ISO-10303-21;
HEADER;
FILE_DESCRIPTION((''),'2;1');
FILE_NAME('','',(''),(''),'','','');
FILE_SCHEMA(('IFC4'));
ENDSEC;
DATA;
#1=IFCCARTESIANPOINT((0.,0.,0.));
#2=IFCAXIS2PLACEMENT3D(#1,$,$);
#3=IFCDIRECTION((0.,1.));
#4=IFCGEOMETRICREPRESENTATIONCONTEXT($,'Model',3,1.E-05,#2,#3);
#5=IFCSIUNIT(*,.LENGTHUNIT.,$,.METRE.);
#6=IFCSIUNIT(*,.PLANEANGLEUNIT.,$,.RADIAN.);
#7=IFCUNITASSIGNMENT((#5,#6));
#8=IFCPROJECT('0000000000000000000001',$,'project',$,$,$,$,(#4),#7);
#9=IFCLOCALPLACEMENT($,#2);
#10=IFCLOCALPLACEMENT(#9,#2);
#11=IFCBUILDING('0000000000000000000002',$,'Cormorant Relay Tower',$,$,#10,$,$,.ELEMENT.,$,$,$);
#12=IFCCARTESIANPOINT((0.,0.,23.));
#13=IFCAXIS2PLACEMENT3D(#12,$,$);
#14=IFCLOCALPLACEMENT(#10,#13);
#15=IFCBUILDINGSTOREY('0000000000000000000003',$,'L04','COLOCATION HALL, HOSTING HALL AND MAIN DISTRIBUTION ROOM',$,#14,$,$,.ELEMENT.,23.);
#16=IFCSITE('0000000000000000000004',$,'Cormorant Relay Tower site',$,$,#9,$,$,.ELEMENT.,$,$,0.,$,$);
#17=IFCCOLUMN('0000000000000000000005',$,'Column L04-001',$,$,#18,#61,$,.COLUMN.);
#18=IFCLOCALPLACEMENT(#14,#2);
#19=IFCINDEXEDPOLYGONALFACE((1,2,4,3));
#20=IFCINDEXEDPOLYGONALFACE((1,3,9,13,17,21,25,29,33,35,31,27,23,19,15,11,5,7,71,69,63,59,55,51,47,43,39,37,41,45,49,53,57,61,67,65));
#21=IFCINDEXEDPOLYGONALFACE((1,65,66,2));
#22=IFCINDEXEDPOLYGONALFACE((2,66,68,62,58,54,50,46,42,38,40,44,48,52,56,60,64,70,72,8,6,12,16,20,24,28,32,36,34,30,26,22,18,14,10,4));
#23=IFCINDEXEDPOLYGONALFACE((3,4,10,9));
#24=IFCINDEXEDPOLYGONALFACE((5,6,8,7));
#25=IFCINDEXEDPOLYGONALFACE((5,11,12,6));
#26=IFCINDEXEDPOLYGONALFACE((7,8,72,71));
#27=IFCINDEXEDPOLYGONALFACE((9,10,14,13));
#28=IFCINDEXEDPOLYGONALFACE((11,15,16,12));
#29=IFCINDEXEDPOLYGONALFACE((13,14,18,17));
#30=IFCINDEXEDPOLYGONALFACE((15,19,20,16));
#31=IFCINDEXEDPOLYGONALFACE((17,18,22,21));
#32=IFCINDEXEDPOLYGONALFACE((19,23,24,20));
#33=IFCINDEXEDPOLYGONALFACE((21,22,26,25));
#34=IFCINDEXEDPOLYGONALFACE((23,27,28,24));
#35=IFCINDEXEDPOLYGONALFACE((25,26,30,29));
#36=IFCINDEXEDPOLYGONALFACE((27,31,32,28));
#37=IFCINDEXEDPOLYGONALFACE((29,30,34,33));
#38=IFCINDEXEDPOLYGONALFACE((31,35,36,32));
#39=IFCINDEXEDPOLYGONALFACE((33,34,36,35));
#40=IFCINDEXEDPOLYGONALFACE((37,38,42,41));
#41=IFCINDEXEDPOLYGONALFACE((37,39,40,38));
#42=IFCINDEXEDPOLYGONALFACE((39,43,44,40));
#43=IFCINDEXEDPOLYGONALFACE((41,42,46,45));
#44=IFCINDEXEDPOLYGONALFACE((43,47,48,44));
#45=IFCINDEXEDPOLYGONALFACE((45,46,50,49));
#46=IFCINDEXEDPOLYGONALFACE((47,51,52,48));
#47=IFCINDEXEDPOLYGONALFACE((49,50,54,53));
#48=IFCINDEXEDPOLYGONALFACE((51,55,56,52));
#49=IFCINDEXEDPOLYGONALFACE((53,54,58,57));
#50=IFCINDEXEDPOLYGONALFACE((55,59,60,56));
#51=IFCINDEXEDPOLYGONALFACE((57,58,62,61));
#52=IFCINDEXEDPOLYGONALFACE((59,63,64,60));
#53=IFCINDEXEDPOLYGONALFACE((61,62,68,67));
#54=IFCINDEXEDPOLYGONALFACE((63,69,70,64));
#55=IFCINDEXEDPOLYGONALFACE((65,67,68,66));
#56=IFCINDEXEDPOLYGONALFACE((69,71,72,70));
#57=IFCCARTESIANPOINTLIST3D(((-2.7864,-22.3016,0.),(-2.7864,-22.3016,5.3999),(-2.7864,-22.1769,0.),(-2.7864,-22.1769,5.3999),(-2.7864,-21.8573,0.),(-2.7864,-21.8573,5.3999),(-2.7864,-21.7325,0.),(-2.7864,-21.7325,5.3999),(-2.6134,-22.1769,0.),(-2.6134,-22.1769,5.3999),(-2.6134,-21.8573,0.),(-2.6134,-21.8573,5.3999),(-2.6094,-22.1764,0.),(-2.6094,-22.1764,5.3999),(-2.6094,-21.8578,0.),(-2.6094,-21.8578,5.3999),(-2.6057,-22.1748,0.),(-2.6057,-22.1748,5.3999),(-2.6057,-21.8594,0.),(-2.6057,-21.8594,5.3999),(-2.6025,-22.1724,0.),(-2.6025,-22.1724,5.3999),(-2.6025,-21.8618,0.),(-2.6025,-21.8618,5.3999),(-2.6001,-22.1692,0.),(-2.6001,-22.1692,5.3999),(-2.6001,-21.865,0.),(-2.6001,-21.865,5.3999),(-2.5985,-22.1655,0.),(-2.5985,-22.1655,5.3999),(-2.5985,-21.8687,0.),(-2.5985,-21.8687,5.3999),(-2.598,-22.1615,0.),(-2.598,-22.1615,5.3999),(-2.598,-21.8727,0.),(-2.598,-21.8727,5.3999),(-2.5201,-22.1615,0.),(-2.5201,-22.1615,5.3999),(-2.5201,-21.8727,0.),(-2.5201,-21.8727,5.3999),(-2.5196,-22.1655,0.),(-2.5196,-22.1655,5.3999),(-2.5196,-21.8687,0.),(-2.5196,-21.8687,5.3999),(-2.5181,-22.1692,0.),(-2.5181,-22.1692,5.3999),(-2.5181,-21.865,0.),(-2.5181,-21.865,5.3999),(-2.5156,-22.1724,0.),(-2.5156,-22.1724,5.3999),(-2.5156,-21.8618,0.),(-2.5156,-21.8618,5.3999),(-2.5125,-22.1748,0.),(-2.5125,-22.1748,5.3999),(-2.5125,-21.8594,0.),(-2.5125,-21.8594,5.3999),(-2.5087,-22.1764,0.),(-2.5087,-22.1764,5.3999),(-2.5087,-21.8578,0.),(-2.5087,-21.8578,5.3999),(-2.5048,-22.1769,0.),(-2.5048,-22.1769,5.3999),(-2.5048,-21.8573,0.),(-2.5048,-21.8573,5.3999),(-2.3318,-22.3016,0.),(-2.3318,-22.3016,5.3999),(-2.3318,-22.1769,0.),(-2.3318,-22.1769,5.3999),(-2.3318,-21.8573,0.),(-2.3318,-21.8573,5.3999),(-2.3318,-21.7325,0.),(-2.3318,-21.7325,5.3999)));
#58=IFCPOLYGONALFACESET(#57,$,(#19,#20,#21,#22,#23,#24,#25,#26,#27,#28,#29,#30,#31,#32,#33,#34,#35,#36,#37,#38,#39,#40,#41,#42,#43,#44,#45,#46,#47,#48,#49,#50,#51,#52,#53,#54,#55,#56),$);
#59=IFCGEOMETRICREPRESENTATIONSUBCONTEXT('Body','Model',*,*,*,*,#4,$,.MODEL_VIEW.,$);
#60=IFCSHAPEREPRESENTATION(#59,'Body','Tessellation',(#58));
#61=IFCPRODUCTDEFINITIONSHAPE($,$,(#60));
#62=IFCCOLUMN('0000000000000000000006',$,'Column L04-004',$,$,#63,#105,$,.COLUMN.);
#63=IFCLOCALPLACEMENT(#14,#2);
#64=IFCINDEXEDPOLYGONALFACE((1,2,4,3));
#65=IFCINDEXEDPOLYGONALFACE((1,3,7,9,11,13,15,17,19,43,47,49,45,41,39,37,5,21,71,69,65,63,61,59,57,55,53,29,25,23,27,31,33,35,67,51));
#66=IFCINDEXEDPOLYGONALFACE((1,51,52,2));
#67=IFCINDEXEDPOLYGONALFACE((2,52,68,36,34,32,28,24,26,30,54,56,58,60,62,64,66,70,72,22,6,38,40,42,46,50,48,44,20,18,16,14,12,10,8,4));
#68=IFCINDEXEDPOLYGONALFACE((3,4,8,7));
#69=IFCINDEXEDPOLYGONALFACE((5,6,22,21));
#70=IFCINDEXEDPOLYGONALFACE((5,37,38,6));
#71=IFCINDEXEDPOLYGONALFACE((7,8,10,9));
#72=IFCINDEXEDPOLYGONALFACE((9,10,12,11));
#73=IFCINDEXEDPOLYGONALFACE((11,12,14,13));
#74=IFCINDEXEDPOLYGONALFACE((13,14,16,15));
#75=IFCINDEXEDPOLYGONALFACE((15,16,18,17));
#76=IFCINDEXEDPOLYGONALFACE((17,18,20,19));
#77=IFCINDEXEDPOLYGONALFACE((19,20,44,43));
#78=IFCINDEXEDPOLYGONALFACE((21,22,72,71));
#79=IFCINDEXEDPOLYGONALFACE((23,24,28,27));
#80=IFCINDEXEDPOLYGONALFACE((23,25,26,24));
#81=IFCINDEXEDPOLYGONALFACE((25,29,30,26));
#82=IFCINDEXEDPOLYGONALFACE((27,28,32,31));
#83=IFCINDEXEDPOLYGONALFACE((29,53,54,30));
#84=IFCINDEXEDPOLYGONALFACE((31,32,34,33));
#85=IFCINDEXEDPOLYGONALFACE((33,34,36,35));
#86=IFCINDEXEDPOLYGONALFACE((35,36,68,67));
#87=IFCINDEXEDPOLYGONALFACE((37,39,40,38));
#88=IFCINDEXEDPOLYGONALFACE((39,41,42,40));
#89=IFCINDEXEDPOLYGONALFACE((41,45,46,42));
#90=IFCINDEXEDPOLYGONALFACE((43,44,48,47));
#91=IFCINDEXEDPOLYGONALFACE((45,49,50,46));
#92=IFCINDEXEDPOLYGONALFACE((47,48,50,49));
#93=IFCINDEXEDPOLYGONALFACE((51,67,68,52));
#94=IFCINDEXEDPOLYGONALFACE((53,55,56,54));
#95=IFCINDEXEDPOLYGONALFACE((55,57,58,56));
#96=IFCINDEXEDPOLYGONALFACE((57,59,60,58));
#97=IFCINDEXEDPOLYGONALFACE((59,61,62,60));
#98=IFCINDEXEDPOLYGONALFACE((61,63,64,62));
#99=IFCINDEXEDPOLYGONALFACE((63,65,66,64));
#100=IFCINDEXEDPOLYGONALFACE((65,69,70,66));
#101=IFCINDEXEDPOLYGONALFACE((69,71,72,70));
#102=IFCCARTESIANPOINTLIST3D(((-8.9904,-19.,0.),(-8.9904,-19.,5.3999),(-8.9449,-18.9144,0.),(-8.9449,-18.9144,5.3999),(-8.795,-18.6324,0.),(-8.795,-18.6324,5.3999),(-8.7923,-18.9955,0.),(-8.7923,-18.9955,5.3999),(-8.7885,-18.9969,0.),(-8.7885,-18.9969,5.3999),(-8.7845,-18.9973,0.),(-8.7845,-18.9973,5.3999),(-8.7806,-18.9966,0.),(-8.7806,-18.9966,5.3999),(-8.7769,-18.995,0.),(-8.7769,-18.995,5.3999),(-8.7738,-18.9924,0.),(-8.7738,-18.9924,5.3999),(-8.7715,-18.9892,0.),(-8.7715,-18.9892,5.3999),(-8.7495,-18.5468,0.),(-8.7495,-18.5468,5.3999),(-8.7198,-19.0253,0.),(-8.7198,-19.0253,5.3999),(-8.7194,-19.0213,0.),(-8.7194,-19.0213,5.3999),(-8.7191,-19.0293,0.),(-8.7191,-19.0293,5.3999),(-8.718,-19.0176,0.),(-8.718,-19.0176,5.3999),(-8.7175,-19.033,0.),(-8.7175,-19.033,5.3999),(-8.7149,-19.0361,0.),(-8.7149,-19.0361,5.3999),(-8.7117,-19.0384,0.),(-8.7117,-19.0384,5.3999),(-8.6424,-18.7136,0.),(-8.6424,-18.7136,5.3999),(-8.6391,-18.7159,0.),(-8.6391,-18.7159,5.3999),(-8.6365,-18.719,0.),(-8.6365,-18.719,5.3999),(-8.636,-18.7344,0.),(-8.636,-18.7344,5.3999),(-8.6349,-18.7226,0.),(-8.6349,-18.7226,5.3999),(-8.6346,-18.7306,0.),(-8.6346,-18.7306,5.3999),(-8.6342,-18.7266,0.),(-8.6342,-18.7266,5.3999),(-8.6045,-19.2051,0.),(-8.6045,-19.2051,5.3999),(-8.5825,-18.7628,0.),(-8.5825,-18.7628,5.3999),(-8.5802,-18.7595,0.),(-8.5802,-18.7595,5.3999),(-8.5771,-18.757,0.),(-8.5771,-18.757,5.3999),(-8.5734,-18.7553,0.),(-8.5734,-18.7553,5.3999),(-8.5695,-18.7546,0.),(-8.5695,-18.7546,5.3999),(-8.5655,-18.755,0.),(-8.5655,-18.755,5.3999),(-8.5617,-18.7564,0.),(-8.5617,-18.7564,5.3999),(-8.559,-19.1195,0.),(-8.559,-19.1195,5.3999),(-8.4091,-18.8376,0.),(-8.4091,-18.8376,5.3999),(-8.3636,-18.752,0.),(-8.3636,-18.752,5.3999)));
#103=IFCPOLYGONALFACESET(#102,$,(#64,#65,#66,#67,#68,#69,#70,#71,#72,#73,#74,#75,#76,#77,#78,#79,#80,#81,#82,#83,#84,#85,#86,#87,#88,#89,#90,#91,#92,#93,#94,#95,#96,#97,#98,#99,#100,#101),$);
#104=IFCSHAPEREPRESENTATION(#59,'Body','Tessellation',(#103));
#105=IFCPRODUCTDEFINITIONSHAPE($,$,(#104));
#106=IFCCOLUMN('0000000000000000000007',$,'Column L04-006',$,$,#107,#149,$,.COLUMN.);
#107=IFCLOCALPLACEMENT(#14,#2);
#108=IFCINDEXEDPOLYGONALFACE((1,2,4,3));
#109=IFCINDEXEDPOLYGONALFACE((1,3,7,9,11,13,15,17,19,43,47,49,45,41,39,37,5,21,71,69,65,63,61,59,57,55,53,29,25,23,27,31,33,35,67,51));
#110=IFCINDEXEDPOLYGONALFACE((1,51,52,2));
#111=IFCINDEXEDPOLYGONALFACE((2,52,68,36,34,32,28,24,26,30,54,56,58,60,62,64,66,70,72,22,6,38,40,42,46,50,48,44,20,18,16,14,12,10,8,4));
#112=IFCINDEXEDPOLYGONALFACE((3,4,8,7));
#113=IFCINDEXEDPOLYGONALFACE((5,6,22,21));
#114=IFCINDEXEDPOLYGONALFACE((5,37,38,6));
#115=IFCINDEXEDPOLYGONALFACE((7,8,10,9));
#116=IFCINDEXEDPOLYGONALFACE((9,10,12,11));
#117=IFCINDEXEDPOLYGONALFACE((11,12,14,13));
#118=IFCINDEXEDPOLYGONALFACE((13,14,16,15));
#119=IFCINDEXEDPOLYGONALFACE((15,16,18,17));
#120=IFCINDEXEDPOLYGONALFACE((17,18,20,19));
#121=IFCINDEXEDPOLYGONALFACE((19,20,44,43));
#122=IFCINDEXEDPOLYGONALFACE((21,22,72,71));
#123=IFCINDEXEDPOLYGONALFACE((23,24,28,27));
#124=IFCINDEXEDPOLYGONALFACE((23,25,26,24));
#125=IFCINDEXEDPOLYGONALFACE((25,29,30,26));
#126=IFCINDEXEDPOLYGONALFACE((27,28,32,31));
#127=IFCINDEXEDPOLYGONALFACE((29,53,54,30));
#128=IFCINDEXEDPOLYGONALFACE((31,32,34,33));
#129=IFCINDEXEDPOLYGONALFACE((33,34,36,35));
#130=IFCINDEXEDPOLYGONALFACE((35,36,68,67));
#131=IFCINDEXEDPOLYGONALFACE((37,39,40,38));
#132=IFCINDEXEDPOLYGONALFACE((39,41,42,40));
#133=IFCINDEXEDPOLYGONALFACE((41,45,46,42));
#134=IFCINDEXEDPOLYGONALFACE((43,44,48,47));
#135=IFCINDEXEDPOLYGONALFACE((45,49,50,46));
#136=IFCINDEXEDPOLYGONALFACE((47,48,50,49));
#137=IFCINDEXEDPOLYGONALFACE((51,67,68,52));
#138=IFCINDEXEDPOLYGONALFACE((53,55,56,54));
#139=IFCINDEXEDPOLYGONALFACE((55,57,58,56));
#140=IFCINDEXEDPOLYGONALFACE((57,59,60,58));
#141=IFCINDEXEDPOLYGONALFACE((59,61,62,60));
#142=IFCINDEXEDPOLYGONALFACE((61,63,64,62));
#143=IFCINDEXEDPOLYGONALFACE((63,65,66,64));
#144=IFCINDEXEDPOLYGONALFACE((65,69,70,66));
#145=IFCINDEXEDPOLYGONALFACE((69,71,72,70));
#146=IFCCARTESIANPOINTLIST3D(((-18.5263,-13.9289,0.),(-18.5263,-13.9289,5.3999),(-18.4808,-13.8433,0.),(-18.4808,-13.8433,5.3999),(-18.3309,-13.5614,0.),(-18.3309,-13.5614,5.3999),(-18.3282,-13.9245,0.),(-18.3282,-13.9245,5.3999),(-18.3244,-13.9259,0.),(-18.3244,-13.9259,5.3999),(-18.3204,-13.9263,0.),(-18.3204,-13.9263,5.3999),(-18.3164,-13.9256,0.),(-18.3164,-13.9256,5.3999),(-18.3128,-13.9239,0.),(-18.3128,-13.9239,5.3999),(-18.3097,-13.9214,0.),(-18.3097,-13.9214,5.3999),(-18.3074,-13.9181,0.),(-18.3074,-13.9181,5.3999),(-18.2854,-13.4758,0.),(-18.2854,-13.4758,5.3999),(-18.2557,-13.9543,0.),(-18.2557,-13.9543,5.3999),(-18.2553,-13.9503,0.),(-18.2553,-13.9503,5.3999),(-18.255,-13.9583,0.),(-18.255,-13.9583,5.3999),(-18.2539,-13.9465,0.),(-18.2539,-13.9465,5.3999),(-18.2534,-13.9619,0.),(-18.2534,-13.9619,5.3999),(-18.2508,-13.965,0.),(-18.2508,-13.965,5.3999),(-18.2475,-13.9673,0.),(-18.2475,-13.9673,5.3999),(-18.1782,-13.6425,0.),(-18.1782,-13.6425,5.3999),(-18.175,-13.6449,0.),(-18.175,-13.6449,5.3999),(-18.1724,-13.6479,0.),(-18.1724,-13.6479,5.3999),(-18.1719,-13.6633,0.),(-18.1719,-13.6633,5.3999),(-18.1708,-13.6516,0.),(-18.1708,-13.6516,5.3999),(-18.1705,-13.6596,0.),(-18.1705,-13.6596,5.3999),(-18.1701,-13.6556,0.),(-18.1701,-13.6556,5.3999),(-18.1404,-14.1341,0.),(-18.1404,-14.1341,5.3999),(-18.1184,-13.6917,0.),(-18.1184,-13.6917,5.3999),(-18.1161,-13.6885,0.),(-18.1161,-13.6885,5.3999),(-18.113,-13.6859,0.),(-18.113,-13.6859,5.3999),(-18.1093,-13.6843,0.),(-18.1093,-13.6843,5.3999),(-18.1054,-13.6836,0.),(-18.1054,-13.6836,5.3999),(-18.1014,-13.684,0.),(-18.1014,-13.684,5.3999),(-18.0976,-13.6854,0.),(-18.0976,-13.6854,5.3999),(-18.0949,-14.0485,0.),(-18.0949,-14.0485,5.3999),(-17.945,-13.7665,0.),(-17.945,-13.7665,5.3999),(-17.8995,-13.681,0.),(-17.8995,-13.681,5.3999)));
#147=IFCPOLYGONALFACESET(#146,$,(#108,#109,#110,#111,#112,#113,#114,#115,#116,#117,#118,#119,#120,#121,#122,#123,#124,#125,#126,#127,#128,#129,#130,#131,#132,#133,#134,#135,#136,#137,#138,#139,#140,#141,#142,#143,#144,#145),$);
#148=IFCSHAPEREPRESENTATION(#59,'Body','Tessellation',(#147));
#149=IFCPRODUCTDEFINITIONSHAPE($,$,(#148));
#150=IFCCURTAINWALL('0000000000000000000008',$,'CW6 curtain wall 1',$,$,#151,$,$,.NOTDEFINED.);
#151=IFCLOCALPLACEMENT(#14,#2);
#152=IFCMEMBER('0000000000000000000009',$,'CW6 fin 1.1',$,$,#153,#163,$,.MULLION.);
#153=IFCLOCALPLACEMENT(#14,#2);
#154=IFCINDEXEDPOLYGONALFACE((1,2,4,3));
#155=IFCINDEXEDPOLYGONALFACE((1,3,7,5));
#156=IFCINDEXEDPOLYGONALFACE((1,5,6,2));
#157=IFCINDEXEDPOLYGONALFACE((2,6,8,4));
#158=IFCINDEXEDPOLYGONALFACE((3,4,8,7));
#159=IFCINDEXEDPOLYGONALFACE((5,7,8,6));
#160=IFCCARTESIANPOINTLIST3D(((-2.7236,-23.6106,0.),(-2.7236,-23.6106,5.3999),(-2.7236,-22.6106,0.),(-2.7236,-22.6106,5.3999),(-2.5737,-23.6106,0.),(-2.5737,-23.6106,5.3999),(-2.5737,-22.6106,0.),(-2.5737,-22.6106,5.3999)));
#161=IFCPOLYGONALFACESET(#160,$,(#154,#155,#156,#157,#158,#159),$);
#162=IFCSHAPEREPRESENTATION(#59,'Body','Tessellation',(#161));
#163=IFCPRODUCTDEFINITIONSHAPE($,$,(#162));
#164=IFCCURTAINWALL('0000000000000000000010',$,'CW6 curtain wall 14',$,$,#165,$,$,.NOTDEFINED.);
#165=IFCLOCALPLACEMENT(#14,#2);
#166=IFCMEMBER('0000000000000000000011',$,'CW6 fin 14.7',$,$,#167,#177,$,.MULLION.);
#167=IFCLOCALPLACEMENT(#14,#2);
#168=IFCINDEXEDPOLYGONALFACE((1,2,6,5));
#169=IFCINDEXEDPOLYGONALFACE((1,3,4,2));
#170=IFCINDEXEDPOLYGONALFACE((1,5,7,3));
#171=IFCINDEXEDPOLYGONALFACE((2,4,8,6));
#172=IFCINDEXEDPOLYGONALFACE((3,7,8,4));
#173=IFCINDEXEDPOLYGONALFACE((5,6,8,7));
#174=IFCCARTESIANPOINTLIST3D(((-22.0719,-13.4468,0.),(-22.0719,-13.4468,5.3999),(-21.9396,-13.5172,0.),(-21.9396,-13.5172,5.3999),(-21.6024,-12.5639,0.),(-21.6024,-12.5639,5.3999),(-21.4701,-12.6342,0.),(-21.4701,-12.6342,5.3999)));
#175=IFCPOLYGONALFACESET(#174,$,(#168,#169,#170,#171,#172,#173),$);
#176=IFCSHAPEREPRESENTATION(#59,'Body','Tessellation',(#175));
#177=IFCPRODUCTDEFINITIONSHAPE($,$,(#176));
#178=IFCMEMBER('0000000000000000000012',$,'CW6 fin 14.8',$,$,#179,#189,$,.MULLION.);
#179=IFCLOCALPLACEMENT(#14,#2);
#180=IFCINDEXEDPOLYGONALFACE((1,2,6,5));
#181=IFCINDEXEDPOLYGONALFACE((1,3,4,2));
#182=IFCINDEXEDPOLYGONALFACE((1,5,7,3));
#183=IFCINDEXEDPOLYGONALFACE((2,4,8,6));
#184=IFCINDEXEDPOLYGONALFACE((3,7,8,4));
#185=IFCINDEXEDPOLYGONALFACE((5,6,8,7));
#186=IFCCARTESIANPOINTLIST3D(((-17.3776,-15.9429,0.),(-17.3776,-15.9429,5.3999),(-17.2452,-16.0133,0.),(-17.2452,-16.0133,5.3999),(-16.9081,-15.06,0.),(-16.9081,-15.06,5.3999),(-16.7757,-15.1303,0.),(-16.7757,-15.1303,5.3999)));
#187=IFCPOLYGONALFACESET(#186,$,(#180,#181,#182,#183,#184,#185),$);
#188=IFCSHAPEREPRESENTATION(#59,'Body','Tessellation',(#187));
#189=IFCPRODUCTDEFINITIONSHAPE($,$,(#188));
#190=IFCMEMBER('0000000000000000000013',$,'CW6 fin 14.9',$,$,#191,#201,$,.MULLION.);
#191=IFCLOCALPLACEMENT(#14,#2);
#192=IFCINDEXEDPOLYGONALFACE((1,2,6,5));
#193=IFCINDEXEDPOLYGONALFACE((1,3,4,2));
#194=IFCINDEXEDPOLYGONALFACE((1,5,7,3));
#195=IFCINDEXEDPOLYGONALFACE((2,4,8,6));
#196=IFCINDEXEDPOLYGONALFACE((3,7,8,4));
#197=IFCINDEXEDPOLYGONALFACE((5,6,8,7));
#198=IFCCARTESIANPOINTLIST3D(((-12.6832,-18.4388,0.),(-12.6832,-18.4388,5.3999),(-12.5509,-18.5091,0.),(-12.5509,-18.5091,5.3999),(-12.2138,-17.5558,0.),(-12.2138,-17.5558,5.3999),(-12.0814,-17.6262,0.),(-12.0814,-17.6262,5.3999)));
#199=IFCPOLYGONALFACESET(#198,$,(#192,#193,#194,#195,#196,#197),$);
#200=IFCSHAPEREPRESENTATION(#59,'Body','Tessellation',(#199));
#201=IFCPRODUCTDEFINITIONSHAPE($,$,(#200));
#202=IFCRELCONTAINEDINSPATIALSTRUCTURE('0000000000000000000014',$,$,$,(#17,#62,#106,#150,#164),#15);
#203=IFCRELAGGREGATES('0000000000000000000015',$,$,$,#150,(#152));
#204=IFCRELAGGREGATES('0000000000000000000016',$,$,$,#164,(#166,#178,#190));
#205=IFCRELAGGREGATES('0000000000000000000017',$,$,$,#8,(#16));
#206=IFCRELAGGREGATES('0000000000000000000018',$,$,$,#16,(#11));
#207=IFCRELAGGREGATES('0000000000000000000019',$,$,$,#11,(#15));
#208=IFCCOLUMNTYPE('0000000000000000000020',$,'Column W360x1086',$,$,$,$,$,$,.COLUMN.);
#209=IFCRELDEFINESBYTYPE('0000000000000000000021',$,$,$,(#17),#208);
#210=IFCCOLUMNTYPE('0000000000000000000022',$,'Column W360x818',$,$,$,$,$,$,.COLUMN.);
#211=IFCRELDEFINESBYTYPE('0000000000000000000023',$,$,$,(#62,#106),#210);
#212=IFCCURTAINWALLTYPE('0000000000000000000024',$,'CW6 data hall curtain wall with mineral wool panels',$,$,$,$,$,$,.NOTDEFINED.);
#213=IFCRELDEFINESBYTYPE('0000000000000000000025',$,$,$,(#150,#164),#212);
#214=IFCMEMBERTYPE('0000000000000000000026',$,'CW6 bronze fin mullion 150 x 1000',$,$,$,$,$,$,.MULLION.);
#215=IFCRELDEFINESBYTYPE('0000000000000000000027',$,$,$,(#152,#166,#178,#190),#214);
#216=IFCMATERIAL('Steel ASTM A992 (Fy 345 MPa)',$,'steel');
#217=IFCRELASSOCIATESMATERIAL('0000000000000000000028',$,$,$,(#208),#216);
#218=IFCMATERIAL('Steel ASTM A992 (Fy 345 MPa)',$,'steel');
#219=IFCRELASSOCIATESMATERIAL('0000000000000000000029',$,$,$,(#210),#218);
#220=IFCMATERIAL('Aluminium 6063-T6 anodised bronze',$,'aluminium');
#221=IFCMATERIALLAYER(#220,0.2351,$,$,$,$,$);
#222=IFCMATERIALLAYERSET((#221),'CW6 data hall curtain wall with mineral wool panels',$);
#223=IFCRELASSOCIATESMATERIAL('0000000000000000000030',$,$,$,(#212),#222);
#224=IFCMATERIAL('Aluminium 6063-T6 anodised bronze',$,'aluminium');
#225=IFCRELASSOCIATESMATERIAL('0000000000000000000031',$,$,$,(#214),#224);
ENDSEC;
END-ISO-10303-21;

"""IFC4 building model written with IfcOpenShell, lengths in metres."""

from ifc_helpers import new_model, si_unit, direction, frame, origin, origin_2d, place, context, subcontext, project, spatial, rectangle, i_section, extrude, material, layer, layer_set, material_profile, profile_set, type_object, element, aggregate, save


model = new_model("IFC4")

# Units and contexts
model_context = context("Model", 3, precision=1e-05, world=origin(), true_north=direction((0.0, 1.0)))
body_context = subcontext(model_context, "Body", "Model", "MODEL_VIEW")
ifc_project = project(units=[si_unit("LENGTHUNIT", "METRE"), si_unit("PLANEANGLEUNIT", "RADIAN")], contexts=[model_context])

# Site, building, storey
site_placement = place(None, origin())
site = spatial("IfcSite", under=ifc_project, at=site_placement, Name="Cormorant Relay Tower site", CompositionType="ELEMENT", RefElevation=0.0)
building_placement = place(site_placement, origin())
building = spatial("IfcBuilding", under=site, at=building_placement, Name="Cormorant Relay Tower", CompositionType="ELEMENT")
storey_placement = place(building_placement, frame((0.0, 0.0, 23.0)))
storey = spatial("IfcBuildingStorey", under=building, at=storey_placement, Name="L04", Description="COLOCATION HALL, HOSTING HALL AND MAIN DISTRIBUTION ROOM", CompositionType="ELEMENT", Elevation=23.0)

# Columns
ifc_material_1 = material(Name="Steel ASTM A992 (Fy 345 MPa)", Category="steel")
ifc_material_profile_1 = material_profile(ifc_material_1, i_section(OverallWidth=0.4546, OverallDepth=0.5691, WebThickness=0.0779, FlangeThickness=0.1248, FilletRadius=0.0154, at=origin_2d()), Name="W360x1086")
ifc_profile_set_1 = profile_set([ifc_material_profile_1], Name="Steel ASTM A992 (Fy 345 MPa)")
column_type_1 = type_object("IfcColumnType", Name="Column W360x1086", PredefinedType="COLUMN", material=ifc_profile_set_1)
column_placement = place(storey_placement, frame((-2.5591, -22.0171, 0.0), z_axis=(0.0, 0.0, 1.0), x_axis=(1.0, 0.0, 0.0)))
element("IfcColumn", 1, at=column_placement, inside=storey, type_object=column_type_1, Name="Column L04-001", PredefinedType="COLUMN", context=body_context, shape_type="SweptSolid", body=[
    extrude(i_section(OverallWidth=0.4546, OverallDepth=0.5691, WebThickness=0.0779, FlangeThickness=0.1248, FilletRadius=0.0154, at=origin_2d()), origin(), (0.0, 0.0, 1.0), 5.3999),
])
ifc_material_2 = material(Name="Steel ASTM A992 (Fy 345 MPa)", Category="steel")
ifc_material_profile_2 = material_profile(ifc_material_2, i_section(OverallWidth=0.437, OverallDepth=0.5132, WebThickness=0.0605, FlangeThickness=0.0969, FilletRadius=0.0154, at=origin_2d()), Name="W360x818")
ifc_profile_set_2 = profile_set([ifc_material_profile_2], Name="Steel ASTM A992 (Fy 345 MPa)")
column_type_2 = type_object("IfcColumnType", Name="Column W360x818", PredefinedType="COLUMN", material=ifc_profile_set_2)
for number, where, z_axis, x_axis, name in (
    (2, (-8.677, -18.876, 0.0), (0.0, 0.0, 1.0), (0.882948, -0.469472, 0.0), "Column L04-004"),
    (3, (-18.2129, -13.8049, 0.0), (0.0, 0.0, 1.0), (0.882948, -0.469472, 0.0), "Column L04-006"),
):
    element("IfcColumn", number, at=place(storey_placement, frame(where, z_axis=z_axis, x_axis=x_axis)), inside=storey, type_object=column_type_2, Name=name, PredefinedType="COLUMN", context=body_context, shape_type="SweptSolid", body=[
        extrude(i_section(OverallWidth=0.437, OverallDepth=0.5132, WebThickness=0.0605, FlangeThickness=0.0969, FilletRadius=0.0154, at=origin_2d()), origin(), (0.0, 0.0, 1.0), 5.3999),
    ])

# Curtain wall, member
ifc_material_3 = material(Name="Aluminium 6063-T6 anodised bronze", Category="aluminium")
ifc_layer_1 = layer(ifc_material_3, 0.2351)
ifc_layer_set_1 = layer_set([ifc_layer_1], Name="CW6 data hall curtain wall with mineral wool panels")
curtain_wall_type = type_object("IfcCurtainWallType", Name="CW6 data hall curtain wall with mineral wool panels", PredefinedType="NOTDEFINED", material=ifc_layer_set_1)
curtain_wall_1_placement = place(storey_placement, origin())
curtain_wall_1 = element("IfcCurtainWall", 4, at=curtain_wall_1_placement, inside=storey, type_object=curtain_wall_type, Name="CW6 curtain wall 1", PredefinedType="NOTDEFINED")
ifc_material_4 = material(Name="Aluminium 6063-T6 anodised bronze", Category="aluminium")
ifc_material_profile_3 = material_profile(ifc_material_4, rectangle(XDim=0.1499, YDim=1.0, at=origin_2d()), Name="AL 150x1000")
ifc_profile_set_3 = profile_set([ifc_material_profile_3], Name="Aluminium 6063-T6 anodised bronze")
member_type_1 = type_object("IfcMemberType", Name="CW6 bronze fin mullion 150 x 1000", PredefinedType="MULLION", material=ifc_profile_set_3)
member_1_placement = place(storey_placement, frame((-2.6487, -23.1106, 0.0), z_axis=(0.0, 0.0, 1.0), x_axis=(1.0, 0.0, 0.0)))
member_1 = element("IfcMember", 5, at=member_1_placement, type_object=member_type_1, Name="CW6 fin 1.1", PredefinedType="MULLION", context=body_context, shape_type="SweptSolid", body=[
    extrude(rectangle(XDim=0.1499, YDim=1.0, at=origin_2d()), origin(), (0.0, 0.0, 1.0), 5.3999),
])

# Curtain wall, members
curtain_wall_2_placement = place(storey_placement, origin())
curtain_wall_2 = element("IfcCurtainWall", 6, at=curtain_wall_2_placement, inside=storey, type_object=curtain_wall_type, Name="CW6 curtain wall 14", PredefinedType="NOTDEFINED")
member_2_placement = place(storey_placement, frame((-21.771, -13.0405, 0.0), z_axis=(0.0, 0.0, 1.0), x_axis=(0.882948, -0.469472, 0.0)))
member_2 = element("IfcMember", 7, at=member_2_placement, type_object=member_type_1, Name="CW6 fin 14.7", PredefinedType="MULLION", context=body_context, shape_type="SweptSolid", body=[
    extrude(rectangle(XDim=0.1499, YDim=1.0, at=origin_2d()), origin(), (0.0, 0.0, 1.0), 5.3999),
])
member_3_placement = place(storey_placement, frame((-17.0767, -15.5366, 0.0), z_axis=(0.0, 0.0, 1.0), x_axis=(0.882948, -0.469472, 0.0)))
member_3 = element("IfcMember", 8, at=member_3_placement, type_object=member_type_1, Name="CW6 fin 14.8", PredefinedType="MULLION", context=body_context, shape_type="SweptSolid", body=[
    extrude(rectangle(XDim=0.1499, YDim=1.0, at=origin_2d()), origin(), (0.0, 0.0, 1.0), 5.3999),
])
member_4_placement = place(storey_placement, frame((-12.3823, -18.0325, 0.0), z_axis=(0.0, 0.0, 1.0), x_axis=(0.882948, -0.469472, 0.0)))
member_4 = element("IfcMember", 9, at=member_4_placement, type_object=member_type_1, Name="CW6 fin 14.9", PredefinedType="MULLION", context=body_context, shape_type="SweptSolid", body=[
    extrude(rectangle(XDim=0.1499, YDim=1.0, at=origin_2d()), origin(), (0.0, 0.0, 1.0), 5.3999),
])

aggregate(curtain_wall_1, [member_1])

aggregate(curtain_wall_2, [member_2, member_3, member_4])

save(model, "model.ifc")
